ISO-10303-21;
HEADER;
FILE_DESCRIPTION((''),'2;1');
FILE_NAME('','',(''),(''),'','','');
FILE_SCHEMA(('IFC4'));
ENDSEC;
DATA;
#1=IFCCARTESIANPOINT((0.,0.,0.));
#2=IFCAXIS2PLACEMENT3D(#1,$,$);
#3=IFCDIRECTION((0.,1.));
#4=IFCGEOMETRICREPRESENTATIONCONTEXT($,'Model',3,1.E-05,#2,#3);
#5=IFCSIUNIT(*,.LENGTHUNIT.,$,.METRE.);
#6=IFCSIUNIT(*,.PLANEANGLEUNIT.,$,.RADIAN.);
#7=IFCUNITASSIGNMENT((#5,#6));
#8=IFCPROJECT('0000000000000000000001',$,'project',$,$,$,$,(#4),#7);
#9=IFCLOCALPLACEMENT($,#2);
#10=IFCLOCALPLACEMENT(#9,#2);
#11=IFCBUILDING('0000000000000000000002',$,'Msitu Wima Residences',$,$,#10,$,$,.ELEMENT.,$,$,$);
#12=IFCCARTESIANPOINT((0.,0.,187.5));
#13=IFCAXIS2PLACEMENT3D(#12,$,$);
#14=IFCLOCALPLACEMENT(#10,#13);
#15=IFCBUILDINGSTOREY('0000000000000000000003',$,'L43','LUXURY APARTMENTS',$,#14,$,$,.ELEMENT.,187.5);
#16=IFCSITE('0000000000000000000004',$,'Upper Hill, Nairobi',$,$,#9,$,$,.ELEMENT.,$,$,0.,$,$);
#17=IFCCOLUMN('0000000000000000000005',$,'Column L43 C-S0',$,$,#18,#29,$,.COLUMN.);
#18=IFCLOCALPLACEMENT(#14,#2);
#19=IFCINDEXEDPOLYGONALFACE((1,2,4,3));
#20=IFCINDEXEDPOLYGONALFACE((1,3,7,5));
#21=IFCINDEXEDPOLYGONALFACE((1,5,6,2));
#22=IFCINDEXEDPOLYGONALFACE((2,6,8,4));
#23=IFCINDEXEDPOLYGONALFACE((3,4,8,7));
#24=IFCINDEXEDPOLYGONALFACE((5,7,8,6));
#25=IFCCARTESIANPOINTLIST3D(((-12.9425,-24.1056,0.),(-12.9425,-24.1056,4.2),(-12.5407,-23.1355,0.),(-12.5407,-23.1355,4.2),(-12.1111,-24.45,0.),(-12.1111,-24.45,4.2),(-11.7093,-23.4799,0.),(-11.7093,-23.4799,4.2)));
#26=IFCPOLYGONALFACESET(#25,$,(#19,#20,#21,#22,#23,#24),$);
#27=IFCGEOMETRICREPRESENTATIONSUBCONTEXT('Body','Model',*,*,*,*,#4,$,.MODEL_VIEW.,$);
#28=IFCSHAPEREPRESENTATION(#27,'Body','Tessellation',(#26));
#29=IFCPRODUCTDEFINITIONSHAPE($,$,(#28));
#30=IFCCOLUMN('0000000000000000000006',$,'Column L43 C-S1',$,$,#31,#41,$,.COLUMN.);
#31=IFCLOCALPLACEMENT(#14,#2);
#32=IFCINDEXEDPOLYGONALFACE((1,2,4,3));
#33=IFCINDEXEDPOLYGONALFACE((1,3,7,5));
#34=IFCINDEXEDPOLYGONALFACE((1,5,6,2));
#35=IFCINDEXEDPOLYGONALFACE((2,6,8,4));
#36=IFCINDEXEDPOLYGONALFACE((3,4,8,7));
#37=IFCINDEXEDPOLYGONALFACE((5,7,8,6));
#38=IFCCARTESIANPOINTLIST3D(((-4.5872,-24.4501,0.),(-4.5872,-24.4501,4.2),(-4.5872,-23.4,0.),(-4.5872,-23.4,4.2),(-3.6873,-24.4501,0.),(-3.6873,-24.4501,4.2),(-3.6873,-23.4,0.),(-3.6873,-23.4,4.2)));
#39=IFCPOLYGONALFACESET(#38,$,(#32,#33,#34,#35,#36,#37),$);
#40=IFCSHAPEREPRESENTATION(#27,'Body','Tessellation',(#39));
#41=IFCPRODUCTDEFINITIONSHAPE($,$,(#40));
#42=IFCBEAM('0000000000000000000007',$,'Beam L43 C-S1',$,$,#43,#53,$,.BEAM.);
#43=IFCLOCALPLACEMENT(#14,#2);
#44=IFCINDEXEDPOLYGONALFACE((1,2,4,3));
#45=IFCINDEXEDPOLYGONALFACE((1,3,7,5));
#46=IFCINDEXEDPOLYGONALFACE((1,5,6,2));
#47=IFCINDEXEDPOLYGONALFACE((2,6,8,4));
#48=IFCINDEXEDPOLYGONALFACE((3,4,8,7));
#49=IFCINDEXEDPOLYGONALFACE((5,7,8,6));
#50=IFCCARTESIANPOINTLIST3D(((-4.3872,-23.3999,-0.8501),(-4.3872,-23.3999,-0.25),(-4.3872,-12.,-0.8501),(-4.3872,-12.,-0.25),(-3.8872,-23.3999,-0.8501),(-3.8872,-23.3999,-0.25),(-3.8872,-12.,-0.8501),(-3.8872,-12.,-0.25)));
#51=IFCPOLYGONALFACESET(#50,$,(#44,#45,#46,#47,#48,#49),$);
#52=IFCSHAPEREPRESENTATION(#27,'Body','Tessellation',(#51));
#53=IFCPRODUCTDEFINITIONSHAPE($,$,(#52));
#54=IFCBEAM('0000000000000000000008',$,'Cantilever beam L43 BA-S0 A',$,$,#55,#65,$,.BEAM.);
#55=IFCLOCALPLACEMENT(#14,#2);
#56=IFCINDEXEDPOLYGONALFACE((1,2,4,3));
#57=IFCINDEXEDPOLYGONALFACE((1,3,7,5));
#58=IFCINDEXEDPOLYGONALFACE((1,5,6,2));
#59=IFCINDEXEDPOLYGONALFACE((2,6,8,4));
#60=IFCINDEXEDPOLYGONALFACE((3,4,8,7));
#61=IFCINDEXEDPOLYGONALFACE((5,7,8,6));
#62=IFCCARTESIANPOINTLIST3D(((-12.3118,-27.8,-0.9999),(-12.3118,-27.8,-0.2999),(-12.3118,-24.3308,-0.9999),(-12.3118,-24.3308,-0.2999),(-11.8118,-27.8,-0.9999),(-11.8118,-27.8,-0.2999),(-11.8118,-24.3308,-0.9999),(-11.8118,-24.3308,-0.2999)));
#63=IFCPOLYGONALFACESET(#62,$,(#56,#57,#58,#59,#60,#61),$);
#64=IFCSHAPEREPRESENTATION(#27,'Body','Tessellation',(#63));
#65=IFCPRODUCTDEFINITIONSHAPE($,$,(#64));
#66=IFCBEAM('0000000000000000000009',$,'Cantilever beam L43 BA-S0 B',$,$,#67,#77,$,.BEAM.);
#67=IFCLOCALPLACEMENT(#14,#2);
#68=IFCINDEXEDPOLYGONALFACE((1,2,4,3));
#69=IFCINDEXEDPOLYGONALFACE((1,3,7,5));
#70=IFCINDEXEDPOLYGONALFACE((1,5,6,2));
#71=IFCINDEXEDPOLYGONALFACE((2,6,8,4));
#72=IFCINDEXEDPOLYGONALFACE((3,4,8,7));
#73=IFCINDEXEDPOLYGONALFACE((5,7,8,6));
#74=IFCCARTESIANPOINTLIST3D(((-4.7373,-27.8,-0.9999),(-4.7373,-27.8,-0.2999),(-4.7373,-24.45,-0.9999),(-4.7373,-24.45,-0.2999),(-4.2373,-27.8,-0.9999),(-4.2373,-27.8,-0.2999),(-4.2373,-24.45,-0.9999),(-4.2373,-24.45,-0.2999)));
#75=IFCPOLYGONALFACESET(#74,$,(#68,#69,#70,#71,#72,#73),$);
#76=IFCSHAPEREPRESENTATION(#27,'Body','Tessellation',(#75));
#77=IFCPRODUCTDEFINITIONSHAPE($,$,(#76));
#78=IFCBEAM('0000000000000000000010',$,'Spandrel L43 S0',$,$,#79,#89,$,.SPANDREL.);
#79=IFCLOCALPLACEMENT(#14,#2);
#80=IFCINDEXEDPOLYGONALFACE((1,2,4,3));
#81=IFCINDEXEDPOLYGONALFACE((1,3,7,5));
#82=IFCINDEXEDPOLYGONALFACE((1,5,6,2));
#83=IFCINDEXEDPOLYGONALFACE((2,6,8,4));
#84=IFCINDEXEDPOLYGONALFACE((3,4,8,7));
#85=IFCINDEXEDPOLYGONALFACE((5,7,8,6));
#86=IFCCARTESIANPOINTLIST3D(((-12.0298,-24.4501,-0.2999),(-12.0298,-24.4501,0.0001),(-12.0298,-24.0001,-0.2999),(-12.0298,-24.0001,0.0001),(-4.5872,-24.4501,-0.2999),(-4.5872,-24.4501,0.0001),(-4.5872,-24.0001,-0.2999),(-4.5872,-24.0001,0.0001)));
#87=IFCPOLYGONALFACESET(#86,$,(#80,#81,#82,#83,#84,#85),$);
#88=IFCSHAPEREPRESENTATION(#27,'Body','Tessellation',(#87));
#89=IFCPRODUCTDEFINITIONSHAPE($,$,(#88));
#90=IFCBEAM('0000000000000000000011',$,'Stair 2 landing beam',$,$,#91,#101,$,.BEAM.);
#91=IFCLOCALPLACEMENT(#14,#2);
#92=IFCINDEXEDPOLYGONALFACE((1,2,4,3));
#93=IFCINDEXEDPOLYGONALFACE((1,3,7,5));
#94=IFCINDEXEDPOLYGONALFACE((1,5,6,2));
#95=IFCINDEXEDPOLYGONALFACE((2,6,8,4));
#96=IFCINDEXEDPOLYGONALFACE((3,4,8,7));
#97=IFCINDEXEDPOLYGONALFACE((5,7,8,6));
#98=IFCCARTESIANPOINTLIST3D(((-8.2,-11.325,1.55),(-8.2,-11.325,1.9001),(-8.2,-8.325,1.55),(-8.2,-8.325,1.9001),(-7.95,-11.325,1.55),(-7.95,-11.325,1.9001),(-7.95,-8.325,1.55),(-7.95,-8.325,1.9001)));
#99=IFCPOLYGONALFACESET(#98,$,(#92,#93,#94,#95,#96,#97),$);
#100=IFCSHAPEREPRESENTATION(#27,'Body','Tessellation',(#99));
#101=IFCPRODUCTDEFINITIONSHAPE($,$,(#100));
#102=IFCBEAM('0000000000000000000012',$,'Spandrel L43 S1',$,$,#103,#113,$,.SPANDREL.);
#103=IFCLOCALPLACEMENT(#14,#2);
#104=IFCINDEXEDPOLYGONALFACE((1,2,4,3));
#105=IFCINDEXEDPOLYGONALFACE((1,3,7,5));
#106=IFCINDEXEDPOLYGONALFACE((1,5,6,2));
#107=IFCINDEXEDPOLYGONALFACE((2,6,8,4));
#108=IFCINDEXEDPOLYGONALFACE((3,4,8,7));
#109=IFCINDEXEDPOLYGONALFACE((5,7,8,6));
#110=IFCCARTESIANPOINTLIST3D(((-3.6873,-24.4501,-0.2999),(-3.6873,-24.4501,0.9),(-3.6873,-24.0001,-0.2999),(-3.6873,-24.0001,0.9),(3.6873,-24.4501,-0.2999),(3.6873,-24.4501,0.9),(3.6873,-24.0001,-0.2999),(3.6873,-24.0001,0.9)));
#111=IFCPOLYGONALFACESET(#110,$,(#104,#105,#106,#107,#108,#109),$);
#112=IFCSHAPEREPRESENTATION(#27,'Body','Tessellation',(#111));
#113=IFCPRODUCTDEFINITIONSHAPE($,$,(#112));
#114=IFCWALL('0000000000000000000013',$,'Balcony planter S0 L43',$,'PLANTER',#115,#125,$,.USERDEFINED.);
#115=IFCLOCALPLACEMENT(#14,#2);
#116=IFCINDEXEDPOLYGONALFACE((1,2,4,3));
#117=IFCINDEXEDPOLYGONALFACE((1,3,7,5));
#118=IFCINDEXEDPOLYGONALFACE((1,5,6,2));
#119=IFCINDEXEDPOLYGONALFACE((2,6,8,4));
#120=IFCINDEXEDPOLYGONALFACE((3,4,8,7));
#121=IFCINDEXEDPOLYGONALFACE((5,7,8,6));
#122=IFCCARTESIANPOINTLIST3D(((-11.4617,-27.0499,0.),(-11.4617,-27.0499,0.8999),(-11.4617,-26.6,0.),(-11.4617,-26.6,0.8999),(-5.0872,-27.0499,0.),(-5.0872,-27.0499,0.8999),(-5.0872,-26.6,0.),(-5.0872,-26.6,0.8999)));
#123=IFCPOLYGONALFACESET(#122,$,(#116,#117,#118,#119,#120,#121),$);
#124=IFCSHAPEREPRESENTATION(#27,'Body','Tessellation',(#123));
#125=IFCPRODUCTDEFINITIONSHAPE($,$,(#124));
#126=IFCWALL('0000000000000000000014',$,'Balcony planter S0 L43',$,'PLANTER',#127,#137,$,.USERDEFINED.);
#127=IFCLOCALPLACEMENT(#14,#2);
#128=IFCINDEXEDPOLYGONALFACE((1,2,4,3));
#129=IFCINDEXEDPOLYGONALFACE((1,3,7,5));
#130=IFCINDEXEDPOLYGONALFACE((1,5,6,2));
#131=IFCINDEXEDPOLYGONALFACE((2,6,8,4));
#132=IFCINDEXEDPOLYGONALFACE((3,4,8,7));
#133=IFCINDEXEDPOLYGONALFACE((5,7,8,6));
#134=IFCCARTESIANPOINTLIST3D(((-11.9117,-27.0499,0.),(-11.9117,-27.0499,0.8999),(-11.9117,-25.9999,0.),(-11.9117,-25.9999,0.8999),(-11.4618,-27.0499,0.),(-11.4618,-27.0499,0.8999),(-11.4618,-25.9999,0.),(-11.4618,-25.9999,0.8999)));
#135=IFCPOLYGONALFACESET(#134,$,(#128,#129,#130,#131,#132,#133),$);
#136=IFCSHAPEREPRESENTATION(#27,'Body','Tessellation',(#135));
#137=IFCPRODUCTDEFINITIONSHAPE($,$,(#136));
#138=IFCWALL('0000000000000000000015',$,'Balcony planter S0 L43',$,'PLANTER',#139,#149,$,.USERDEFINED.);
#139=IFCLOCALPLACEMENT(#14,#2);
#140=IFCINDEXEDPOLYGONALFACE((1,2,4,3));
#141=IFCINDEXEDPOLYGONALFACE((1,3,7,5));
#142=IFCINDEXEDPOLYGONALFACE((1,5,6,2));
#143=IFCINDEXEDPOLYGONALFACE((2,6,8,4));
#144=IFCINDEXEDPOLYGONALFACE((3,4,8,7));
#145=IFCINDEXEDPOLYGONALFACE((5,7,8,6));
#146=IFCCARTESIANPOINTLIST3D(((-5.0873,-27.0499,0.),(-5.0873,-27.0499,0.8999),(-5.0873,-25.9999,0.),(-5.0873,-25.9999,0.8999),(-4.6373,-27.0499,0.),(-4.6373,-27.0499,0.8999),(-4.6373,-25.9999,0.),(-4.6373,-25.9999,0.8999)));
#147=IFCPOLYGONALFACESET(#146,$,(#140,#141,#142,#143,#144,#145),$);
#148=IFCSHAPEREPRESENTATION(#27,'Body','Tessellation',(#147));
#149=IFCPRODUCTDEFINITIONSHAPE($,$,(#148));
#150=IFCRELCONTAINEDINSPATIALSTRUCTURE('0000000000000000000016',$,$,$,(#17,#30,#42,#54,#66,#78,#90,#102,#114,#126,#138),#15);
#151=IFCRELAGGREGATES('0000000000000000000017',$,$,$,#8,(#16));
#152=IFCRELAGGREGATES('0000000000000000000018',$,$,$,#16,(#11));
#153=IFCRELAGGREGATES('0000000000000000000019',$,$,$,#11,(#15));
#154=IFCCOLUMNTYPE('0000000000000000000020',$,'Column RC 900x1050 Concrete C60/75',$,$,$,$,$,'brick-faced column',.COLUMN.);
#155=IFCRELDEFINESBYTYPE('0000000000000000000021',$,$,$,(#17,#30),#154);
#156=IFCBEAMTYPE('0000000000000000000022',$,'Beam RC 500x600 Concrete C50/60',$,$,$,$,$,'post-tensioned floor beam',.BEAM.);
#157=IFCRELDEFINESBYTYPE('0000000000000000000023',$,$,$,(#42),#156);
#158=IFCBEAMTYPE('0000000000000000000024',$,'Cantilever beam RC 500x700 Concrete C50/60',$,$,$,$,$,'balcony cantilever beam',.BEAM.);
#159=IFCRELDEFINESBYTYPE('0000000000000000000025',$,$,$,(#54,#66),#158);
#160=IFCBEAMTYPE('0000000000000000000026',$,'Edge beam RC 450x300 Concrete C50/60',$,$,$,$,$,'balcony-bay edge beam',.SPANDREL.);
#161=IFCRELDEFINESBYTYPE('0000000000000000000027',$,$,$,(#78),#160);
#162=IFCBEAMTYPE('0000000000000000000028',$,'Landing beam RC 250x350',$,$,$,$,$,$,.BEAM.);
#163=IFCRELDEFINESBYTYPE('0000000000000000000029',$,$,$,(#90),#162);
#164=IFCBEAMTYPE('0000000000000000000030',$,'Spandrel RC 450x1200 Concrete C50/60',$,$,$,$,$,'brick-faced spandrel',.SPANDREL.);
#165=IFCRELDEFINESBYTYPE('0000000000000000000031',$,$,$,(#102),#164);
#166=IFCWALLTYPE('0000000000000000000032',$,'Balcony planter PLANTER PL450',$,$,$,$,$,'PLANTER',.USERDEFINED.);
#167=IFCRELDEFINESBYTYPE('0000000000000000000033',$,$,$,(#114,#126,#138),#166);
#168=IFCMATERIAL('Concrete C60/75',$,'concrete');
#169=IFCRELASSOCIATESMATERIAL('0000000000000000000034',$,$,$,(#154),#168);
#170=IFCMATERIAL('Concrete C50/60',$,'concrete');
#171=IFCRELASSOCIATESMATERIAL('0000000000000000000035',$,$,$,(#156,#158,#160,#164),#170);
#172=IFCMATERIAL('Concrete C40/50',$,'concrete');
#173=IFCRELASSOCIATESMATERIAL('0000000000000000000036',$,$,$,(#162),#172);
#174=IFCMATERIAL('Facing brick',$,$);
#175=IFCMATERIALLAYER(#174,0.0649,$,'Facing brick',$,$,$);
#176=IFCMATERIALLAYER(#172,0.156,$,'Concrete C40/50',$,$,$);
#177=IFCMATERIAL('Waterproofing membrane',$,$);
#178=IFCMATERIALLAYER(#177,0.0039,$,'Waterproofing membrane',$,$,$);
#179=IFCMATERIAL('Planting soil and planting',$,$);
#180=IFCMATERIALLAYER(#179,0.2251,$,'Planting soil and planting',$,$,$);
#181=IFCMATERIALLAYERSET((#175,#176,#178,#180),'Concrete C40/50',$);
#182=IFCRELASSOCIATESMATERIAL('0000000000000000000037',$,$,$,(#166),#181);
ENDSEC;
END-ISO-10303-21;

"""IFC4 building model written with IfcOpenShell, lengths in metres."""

from ifc_helpers import new_model, si_unit, direction, frame, frame_2d, origin, origin_2d, place, context, subcontext, project, spatial, rectangle, extrude, material, layer, layer_set, material_profile, profile_set, type_object, element, save


model = new_model("IFC4")

# Units and contexts
model_context = context("Model", 3, precision=1e-05, world=origin(), true_north=direction((0.0, 1.0)))
body_context = subcontext(model_context, "Body", "Model", "MODEL_VIEW")
ifc_project = project(units=[si_unit("LENGTHUNIT", "METRE"), si_unit("PLANEANGLEUNIT", "RADIAN")], contexts=[model_context])

# Site, building, storey
site_placement = place(None, origin())
site = spatial("IfcSite", under=ifc_project, at=site_placement, Name="Upper Hill, Nairobi", CompositionType="ELEMENT", RefElevation=0.0)
building_placement = place(site_placement, origin())
building = spatial("IfcBuilding", under=site, at=building_placement, Name="Msitu Wima Residences", CompositionType="ELEMENT")
storey_placement = place(building_placement, frame((0.0, 0.0, 187.5)))
storey = spatial("IfcBuildingStorey", under=building, at=storey_placement, Name="L43", Description="LUXURY APARTMENTS", CompositionType="ELEMENT", Elevation=187.5)

# Columns
ifc_material_1 = material(Name="Concrete C60/75", Category="concrete")
ifc_material_profile_1 = material_profile(ifc_material_1, rectangle(XDim=0.8999, YDim=1.05, at=origin_2d()), Name="RC 900x1050")
ifc_profile_set_1 = profile_set([ifc_material_profile_1], Name="Concrete C60/75")
column_type = type_object("IfcColumnType", Name="Column RC 900x1050 Concrete C60/75", ElementType="brick-faced column", PredefinedType="COLUMN", material=ifc_profile_set_1)
for number, where, z_axis, x_axis, name in (
    (1, (-12.3259, -23.7927, 0.0), (0.0, 0.0, 1.0), (0.92388, -0.382683, 0.0), "Column L43 C-S0"),
    (2, (-4.1372, -23.925, 0.0), (0.0, 0.0, 1.0), (1.0, 0.0, 0.0), "Column L43 C-S1"),
):
    element("IfcColumn", number, at=place(storey_placement, frame(where, z_axis=z_axis, x_axis=x_axis)), inside=storey, type_object=column_type, Name=name, PredefinedType="COLUMN", context=body_context, shape_type="SweptSolid", body=[
        extrude(rectangle(XDim=0.8999, YDim=1.05, at=origin_2d()), origin(), (0.0, 0.0, 1.0), 4.2),
    ])

# Beams
ifc_material_2 = material(Name="Concrete C50/60", Category="concrete")
ifc_material_profile_2 = material_profile(ifc_material_2, rectangle(XDim=0.5, YDim=0.6001, at=origin_2d()), Name="RC 500x600")
ifc_profile_set_2 = profile_set([ifc_material_profile_2], Name="Concrete C50/60")
beam_type_1 = type_object("IfcBeamType", Name="Beam RC 500x600 Concrete C50/60", ElementType="post-tensioned floor beam", PredefinedType="BEAM", material=ifc_profile_set_2)
beam_1_placement = place(storey_placement, frame((-4.1372, -23.3999, -0.55), z_axis=(0.0, 1.0, 0.0), x_axis=(-1.0, 0.0, 0.0)))
element("IfcBeam", 3, at=beam_1_placement, inside=storey, type_object=beam_type_1, Name="Beam L43 C-S1", PredefinedType="BEAM", context=body_context, shape_type="SweptSolid", body=[
    extrude(rectangle(XDim=0.5, YDim=0.6001, at=origin_2d()), origin(), (0.0, 0.0, 1.0), 11.3999),
])
ifc_material_profile_3 = material_profile(ifc_material_2, rectangle(XDim=0.5, YDim=0.7, at=origin_2d()), Name="RC 500x700")
ifc_profile_set_3 = profile_set([ifc_material_profile_3], Name="Concrete C50/60")
beam_type_2 = type_object("IfcBeamType", Name="Cantilever beam RC 500x700 Concrete C50/60", ElementType="balcony cantilever beam", PredefinedType="BEAM", material=ifc_profile_set_3)
beam_2_placement = place(storey_placement, frame((-12.0618, -24.3308, -0.6499), z_axis=(0.0, -1.0, 0.0), x_axis=(1.0, 0.0, 0.0)))
element("IfcBeam", 4, at=beam_2_placement, inside=storey, type_object=beam_type_2, Name="Cantilever beam L43 BA-S0 A", PredefinedType="BEAM", context=body_context, shape_type="SweptSolid", body=[
    extrude(rectangle(XDim=0.5, YDim=0.7, at=origin_2d()), origin(), (0.0, 0.0, 1.0), 3.4692),
])
beam_3_placement = place(storey_placement, frame((-4.4873, -24.45, -0.6499), z_axis=(0.0, -1.0, 0.0), x_axis=(1.0, 0.0, 0.0)))
element("IfcBeam", 5, at=beam_3_placement, inside=storey, type_object=beam_type_2, Name="Cantilever beam L43 BA-S0 B", PredefinedType="BEAM", context=body_context, shape_type="SweptSolid", body=[
    extrude(rectangle(XDim=0.5, YDim=0.7, at=origin_2d()), origin(), (0.0, 0.0, 1.0), 3.3501),
])
ifc_material_profile_4 = material_profile(ifc_material_2, rectangle(XDim=0.45, YDim=0.3, at=origin_2d()), Name="RC 450x300")
ifc_profile_set_4 = profile_set([ifc_material_profile_4], Name="Concrete C50/60")
beam_type_3 = type_object("IfcBeamType", Name="Edge beam RC 450x300 Concrete C50/60", ElementType="balcony-bay edge beam", PredefinedType="SPANDREL", material=ifc_profile_set_4)
beam_4_placement = place(storey_placement, frame((-12.0298, -24.2251, -0.1499), z_axis=(1.0, 0.0, 0.0), x_axis=(0.0, 1.0, 0.0)))
element("IfcBeam", 6, at=beam_4_placement, inside=storey, type_object=beam_type_3, Name="Spandrel L43 S0", PredefinedType="SPANDREL", context=body_context, shape_type="SweptSolid", body=[
    extrude(rectangle(XDim=0.45, YDim=0.3, at=origin_2d()), origin(), (0.0, 0.0, 1.0), 7.4426),
])
ifc_material_3 = material(Name="Concrete C40/50", Category="concrete")
ifc_material_profile_5 = material_profile(ifc_material_3, rectangle(XDim=0.25, YDim=0.3501, at=origin_2d()), Name="RC 250x350")
ifc_profile_set_5 = profile_set([ifc_material_profile_5], Name="Concrete C40/50")
beam_type_4 = type_object("IfcBeamType", Name="Landing beam RC 250x350", PredefinedType="BEAM", material=ifc_profile_set_5)
beam_5_placement = place(storey_placement, frame((-8.075, -11.325, 1.7251), z_axis=(0.0, 1.0, 0.0), x_axis=(-1.0, 0.0, 0.0)))
element("IfcBeam", 7, at=beam_5_placement, inside=storey, type_object=beam_type_4, Name="Stair 2 landing beam", PredefinedType="BEAM", context=body_context, shape_type="SweptSolid", body=[
    extrude(rectangle(XDim=0.25, YDim=0.3501, at=origin_2d()), origin(), (0.0, 0.0, 1.0), 3.0),
])
ifc_material_profile_6 = material_profile(ifc_material_2, rectangle(XDim=0.45, YDim=1.2, at=origin_2d()), Name="RC 450x1200")
ifc_profile_set_6 = profile_set([ifc_material_profile_6], Name="Concrete C50/60")
beam_type_5 = type_object("IfcBeamType", Name="Spandrel RC 450x1200 Concrete C50/60", ElementType="brick-faced spandrel", PredefinedType="SPANDREL", material=ifc_profile_set_6)
beam_6_placement = place(storey_placement, frame((-3.6873, -24.2251, 0.3), z_axis=(1.0, 0.0, 0.0), x_axis=(0.0, 1.0, 0.0)))
element("IfcBeam", 8, at=beam_6_placement, inside=storey, type_object=beam_type_5, Name="Spandrel L43 S1", PredefinedType="SPANDREL", context=body_context, shape_type="SweptSolid", body=[
    extrude(rectangle(XDim=0.45, YDim=1.2, at=origin_2d()), origin(), (0.0, 0.0, 1.0), 7.3745),
])

# Walls
ifc_material_4 = material(Name="Facing brick")
ifc_layer_1 = layer(ifc_material_4, 0.0649, Name="Facing brick")
ifc_layer_2 = layer(ifc_material_3, 0.156, Name="Concrete C40/50")
ifc_material_5 = material(Name="Waterproofing membrane")
ifc_layer_3 = layer(ifc_material_5, 0.0039, Name="Waterproofing membrane")
ifc_material_6 = material(Name="Planting soil and planting")
ifc_layer_4 = layer(ifc_material_6, 0.2251, Name="Planting soil and planting")
ifc_layer_set_1 = layer_set([ifc_layer_1, ifc_layer_2, ifc_layer_3, ifc_layer_4], Name="Concrete C40/50")
wall_type_1 = type_object("IfcWallType", Name="Balcony planter PLANTER PL450", ElementType="PLANTER", PredefinedType="USERDEFINED", material=ifc_layer_set_1)
wall_1_placement = place(storey_placement, frame((-11.4617, -26.825, 0.0), z_axis=(0.0, 0.0, 1.0), x_axis=(1.0, 0.0, 0.0)))
element("IfcWall", 9, at=wall_1_placement, inside=storey, type_object=wall_type_1, Name="Balcony planter S0 L43", ObjectType="PLANTER", PredefinedType="USERDEFINED", context=body_context, shape_type="SweptSolid", body=[
    extrude(rectangle(XDim=6.3745, YDim=0.45, at=frame_2d((3.1873, 0.0))), origin(), (0.0, 0.0, 1.0), 0.8999),
])
for number, where, z_axis, x_axis, name in (
    (10, (-11.6868, -26.0, 0.0), (0.0, 0.0, 1.0), (0.0, -1.0, 0.0), "Balcony planter S0 L43"),
    (11, (-4.8623, -26.0, 0.0), (0.0, 0.0, 1.0), (0.0, -1.0, 0.0), "Balcony planter S0 L43"),
):
    element("IfcWall", number, at=place(storey_placement, frame(where, z_axis=z_axis, x_axis=x_axis)), inside=storey, type_object=wall_type_1, Name=name, ObjectType="PLANTER", PredefinedType="USERDEFINED", context=body_context, shape_type="SweptSolid", body=[
        extrude(rectangle(XDim=1.05, YDim=0.45, at=frame_2d((0.5249, 0.0))), origin(), (0.0, 0.0, 1.0), 0.8999),
    ])

save(model, "model.ifc")
